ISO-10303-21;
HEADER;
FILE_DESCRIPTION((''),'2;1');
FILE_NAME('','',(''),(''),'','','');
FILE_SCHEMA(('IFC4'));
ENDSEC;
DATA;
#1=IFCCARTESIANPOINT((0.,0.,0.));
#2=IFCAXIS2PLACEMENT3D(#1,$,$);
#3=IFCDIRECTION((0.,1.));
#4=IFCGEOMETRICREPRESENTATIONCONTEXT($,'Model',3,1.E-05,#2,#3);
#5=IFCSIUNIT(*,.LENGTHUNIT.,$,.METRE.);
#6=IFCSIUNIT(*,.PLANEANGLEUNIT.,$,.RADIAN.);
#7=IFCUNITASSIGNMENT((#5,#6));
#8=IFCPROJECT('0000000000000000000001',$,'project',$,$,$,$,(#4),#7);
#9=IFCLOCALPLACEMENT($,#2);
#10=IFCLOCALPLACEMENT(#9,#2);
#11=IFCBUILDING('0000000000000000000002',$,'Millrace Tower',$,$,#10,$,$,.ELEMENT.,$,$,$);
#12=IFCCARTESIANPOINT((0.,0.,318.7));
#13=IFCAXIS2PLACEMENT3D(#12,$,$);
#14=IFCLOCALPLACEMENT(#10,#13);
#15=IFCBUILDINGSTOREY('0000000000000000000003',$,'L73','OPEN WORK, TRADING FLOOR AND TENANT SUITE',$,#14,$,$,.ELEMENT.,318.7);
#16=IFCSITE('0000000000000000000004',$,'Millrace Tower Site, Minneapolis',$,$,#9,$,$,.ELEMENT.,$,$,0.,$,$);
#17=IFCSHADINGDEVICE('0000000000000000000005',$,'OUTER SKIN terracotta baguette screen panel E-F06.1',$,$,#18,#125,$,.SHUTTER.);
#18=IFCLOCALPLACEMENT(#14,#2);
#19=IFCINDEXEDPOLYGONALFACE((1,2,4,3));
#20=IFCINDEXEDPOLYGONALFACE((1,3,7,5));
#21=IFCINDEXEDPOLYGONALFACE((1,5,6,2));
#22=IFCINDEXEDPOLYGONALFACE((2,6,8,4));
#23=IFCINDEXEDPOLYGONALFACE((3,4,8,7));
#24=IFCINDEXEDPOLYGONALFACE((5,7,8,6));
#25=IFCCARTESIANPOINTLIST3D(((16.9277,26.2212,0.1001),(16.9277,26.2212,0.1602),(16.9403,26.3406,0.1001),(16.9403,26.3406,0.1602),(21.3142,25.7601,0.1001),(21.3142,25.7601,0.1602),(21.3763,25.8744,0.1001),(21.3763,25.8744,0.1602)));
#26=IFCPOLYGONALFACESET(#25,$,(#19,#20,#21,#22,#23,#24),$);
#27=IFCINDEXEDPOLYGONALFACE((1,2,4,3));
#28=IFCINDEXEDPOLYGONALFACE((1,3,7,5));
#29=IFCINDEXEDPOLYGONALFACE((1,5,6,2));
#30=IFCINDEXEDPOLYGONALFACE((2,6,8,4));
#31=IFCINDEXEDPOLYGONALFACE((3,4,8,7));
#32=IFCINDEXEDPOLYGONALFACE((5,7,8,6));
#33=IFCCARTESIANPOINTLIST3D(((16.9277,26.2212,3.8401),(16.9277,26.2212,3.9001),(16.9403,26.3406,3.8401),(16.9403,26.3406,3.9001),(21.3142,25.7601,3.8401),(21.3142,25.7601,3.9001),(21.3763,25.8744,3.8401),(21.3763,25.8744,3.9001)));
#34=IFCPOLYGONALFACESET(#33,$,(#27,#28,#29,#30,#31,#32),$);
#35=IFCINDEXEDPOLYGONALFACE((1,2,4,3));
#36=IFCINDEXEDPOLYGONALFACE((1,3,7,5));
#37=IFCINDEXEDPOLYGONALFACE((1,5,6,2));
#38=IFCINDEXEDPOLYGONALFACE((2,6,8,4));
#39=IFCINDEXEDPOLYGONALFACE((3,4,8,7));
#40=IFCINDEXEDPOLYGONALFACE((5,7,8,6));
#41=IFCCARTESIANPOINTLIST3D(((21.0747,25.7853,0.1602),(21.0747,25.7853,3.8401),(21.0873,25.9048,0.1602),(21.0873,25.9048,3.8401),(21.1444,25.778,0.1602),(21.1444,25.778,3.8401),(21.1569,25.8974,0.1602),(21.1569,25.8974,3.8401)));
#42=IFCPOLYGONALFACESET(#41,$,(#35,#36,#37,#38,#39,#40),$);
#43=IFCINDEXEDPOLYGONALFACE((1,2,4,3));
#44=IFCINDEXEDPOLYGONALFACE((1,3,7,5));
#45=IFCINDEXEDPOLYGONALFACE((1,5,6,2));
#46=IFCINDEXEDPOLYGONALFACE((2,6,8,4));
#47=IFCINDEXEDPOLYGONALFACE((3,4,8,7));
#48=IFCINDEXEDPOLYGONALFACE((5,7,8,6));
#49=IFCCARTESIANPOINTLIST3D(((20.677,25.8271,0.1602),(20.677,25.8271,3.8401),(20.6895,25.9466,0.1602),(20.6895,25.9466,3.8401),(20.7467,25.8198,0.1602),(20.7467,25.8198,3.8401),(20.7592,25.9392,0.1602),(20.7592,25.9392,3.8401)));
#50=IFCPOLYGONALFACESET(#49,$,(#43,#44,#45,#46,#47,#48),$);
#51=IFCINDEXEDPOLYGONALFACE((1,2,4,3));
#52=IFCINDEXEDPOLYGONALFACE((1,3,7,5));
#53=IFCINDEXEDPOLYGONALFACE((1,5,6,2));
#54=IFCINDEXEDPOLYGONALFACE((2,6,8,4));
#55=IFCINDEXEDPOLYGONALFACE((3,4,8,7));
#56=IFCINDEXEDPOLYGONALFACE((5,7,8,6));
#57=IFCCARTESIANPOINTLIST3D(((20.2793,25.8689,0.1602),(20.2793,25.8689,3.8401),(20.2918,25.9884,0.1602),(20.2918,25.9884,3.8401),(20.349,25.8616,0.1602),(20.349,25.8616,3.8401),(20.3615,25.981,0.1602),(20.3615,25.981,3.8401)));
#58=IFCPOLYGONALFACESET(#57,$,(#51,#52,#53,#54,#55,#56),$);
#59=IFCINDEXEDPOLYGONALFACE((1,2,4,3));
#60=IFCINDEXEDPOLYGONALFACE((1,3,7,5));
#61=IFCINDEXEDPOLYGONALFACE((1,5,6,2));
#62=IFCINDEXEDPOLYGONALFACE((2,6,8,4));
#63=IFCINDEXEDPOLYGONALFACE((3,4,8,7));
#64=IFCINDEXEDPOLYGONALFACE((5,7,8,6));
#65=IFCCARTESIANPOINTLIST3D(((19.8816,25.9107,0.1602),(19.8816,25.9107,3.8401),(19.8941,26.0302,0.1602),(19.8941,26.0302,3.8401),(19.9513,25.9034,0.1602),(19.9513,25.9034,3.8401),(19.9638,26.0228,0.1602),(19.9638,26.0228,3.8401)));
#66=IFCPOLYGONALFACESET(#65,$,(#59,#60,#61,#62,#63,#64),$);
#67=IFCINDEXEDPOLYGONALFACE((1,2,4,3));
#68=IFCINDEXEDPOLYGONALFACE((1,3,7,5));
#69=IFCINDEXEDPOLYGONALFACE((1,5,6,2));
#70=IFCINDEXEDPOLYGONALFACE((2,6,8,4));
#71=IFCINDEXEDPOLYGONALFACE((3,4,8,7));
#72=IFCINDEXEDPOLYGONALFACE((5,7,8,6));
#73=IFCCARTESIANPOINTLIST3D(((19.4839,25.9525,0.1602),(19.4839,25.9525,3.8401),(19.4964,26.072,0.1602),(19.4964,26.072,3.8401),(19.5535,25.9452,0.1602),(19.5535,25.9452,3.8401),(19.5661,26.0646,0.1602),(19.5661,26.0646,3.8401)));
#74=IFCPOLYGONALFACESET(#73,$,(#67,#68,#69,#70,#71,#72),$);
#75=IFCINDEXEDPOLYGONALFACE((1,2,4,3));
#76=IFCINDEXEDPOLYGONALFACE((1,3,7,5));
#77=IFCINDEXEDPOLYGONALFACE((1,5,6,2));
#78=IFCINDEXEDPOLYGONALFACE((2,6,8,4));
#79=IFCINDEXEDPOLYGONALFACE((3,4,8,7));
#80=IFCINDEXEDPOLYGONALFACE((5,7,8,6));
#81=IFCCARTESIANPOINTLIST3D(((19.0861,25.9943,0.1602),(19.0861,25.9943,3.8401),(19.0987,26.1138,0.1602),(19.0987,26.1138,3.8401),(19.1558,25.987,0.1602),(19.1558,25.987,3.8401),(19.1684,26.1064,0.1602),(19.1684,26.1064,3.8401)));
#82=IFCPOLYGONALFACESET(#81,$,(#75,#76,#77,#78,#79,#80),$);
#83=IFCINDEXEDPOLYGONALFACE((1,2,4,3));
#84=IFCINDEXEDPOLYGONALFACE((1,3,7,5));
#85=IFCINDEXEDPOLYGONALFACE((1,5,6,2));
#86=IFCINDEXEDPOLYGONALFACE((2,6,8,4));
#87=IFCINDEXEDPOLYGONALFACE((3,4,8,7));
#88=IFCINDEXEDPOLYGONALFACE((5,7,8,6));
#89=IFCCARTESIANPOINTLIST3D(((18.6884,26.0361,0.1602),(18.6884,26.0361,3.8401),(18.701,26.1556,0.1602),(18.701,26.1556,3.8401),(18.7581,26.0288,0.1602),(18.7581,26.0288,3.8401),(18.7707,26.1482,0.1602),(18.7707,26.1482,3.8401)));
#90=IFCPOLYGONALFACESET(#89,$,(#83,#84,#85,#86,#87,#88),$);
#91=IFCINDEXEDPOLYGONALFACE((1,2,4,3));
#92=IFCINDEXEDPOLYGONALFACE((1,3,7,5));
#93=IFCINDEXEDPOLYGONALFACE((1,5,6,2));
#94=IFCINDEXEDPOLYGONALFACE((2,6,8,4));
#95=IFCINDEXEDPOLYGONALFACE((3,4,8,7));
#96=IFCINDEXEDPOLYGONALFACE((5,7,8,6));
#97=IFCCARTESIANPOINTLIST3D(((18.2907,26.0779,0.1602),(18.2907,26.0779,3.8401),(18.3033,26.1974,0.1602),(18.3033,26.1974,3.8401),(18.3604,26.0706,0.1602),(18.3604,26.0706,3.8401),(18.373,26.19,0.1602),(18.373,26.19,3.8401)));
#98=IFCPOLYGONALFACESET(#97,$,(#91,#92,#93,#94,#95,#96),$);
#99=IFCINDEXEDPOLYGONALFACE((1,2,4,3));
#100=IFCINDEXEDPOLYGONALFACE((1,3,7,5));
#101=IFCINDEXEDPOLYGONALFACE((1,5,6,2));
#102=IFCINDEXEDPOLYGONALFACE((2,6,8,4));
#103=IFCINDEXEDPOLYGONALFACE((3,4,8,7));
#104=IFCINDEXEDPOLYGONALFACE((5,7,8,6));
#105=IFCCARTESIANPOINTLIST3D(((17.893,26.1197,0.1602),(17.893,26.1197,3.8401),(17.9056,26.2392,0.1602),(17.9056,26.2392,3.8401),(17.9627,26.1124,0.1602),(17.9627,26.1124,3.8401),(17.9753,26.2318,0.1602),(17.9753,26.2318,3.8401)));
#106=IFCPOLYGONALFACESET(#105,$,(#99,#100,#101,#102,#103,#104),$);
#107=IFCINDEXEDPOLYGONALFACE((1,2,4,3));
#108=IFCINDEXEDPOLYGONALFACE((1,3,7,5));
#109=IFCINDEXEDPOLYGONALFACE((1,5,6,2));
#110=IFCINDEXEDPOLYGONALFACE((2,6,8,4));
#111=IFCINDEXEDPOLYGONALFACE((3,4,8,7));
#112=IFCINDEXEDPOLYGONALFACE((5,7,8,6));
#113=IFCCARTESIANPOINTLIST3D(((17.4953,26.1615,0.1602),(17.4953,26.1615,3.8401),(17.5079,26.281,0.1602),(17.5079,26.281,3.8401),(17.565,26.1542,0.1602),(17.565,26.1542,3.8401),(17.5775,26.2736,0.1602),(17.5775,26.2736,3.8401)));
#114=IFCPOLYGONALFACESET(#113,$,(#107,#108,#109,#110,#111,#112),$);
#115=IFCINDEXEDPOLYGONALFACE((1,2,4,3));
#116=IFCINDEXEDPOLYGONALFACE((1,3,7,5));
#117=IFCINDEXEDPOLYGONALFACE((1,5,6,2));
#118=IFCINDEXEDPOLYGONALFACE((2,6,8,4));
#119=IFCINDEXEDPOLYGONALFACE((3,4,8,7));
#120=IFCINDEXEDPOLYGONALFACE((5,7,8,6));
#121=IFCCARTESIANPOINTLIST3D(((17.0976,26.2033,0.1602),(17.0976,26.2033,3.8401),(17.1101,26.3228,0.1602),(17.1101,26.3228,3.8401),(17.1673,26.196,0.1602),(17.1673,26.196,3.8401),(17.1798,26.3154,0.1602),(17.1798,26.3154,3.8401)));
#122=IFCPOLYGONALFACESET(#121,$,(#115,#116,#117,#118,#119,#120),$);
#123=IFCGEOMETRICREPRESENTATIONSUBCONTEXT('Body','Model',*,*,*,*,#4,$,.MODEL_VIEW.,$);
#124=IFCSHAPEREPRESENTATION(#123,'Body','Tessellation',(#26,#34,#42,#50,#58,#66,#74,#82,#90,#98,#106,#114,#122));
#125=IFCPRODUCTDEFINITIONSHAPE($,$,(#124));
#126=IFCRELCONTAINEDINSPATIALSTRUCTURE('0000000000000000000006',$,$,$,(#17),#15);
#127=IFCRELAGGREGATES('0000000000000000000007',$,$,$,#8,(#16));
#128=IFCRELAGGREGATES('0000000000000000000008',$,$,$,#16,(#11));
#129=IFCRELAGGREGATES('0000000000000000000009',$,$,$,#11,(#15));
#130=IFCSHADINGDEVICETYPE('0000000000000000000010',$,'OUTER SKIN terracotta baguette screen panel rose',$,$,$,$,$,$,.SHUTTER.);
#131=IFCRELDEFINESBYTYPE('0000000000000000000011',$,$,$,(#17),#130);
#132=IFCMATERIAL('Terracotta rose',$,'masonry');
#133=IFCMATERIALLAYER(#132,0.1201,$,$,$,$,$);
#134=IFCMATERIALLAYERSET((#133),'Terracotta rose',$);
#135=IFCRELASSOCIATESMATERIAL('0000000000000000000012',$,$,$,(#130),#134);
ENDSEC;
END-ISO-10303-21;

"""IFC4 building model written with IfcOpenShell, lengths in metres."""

from ifc_helpers import new_model, entity, si_unit, direction, frame, frame_2d, origin, place, context, subcontext, project, spatial, rectangle, extrude, source, transform, mapped, material, layer, layer_set, type_object, element, save


model = new_model("IFC4")

# Units and contexts
model_context = context("Model", 3, precision=1e-05, world=origin(), true_north=direction((0.0, 1.0)))
body_context = subcontext(model_context, "Body", "Model", "MODEL_VIEW")
ifc_project = project(units=[si_unit("LENGTHUNIT", "METRE"), si_unit("PLANEANGLEUNIT", "RADIAN")], contexts=[model_context])

# Site, building, storey
site_placement = place(None, origin())
site = spatial("IfcSite", under=ifc_project, at=site_placement, Name="Millrace Tower Site, Minneapolis", CompositionType="ELEMENT", RefElevation=0.0)
building_placement = place(site_placement, origin())
building = spatial("IfcBuilding", under=site, at=building_placement, Name="Millrace Tower", CompositionType="ELEMENT")
storey_placement = place(building_placement, frame((0.0, 0.0, 318.7)))
storey = spatial("IfcBuildingStorey", under=building, at=storey_placement, Name="L73", Description="OPEN WORK, TRADING FLOOR AND TENANT SUITE", CompositionType="ELEMENT", Elevation=318.7)

# Shading device
ifc_material_1 = material(Name="Terracotta rose", Category="masonry")
ifc_layer_1 = layer(ifc_material_1, 0.1201)
ifc_layer_set_1 = layer_set([ifc_layer_1], Name="Terracotta rose")
shading_device_type = type_object("IfcShadingDeviceType", Name="OUTER SKIN terracotta baguette screen panel rose", PredefinedType="SHUTTER", material=ifc_layer_set_1)
cartesian_point_1 = entity("IfcCartesianPoint", [-2.1929, 0.0601])
shared_polyline_1 = entity("IfcPolyline", [cartesian_point_1, entity("IfcCartesianPoint", [2.2178, 0.0601]), entity("IfcCartesianPoint", [2.2178, -0.0601]), entity("IfcCartesianPoint", [-2.2427, -0.0601]), cartesian_point_1])
shared_shape_1 = source(origin(), body_context, "Body", "SweptSolid", [
    entity("IfcExtrudedAreaSolid", entity("IfcArbitraryClosedProfileDef", "AREA", None, shared_polyline_1), entity("IfcAxis2Placement3D", entity("IfcCartesianPoint", [0.0, 0.0, 0.0])), entity("IfcDirection", [0.0, 0.0, 1.0]), 0.0601),
    entity("IfcExtrudedAreaSolid", entity("IfcArbitraryClosedProfileDef", "AREA", None, shared_polyline_1), entity("IfcAxis2Placement3D", entity("IfcCartesianPoint", [0.0, 0.0, 3.74])), entity("IfcDirection", [0.0, 0.0, 1.0]), 0.0601),
    extrude(rectangle(XDim=0.0701, YDim=0.1201, at=frame_2d((-1.9871, 0.0))), frame((0.0, 0.0, 0.0601)), (0.0, 0.0, 1.0), 3.6799),
    extrude(rectangle(XDim=0.0701, YDim=0.1201, at=frame_2d((-1.5872, 0.0))), frame((0.0, 0.0, 0.0601)), (0.0, 0.0, 1.0), 3.6799),
    extrude(rectangle(XDim=0.0701, YDim=0.1201, at=frame_2d((-1.1873, 0.0))), frame((0.0, 0.0, 0.0601)), (0.0, 0.0, 1.0), 3.6799),
    extrude(rectangle(XDim=0.0701, YDim=0.1201, at=frame_2d((-0.7874, 0.0))), frame((0.0, 0.0, 0.0601)), (0.0, 0.0, 1.0), 3.6799),
    extrude(rectangle(XDim=0.0701, YDim=0.1201, at=frame_2d((-0.3875, 0.0))), frame((0.0, 0.0, 0.0601)), (0.0, 0.0, 1.0), 3.6799),
    extrude(rectangle(XDim=0.0701, YDim=0.1201, at=frame_2d((0.0125, 0.0))), frame((0.0, 0.0, 0.0601)), (0.0, 0.0, 1.0), 3.6799),
    extrude(rectangle(XDim=0.0701, YDim=0.1201, at=frame_2d((0.4124, 0.0))), frame((0.0, 0.0, 0.0601)), (0.0, 0.0, 1.0), 3.6799),
    extrude(rectangle(XDim=0.0701, YDim=0.1201, at=frame_2d((0.8123, 0.0))), frame((0.0, 0.0, 0.0601)), (0.0, 0.0, 1.0), 3.6799),
    extrude(rectangle(XDim=0.0701, YDim=0.1201, at=frame_2d((1.2122, 0.0))), frame((0.0, 0.0, 0.0601)), (0.0, 0.0, 1.0), 3.6799),
    extrude(rectangle(XDim=0.0701, YDim=0.1201, at=frame_2d((1.6121, 0.0))), frame((0.0, 0.0, 0.0601)), (0.0, 0.0, 1.0), 3.6799),
    extrude(rectangle(XDim=0.0701, YDim=0.1201, at=frame_2d((2.012, 0.0))), frame((0.0, 0.0, 0.0601)), (0.0, 0.0, 1.0), 3.6799),
])
shading_device_1_placement = place(storey_placement, frame((19.1396, 26.0491, 0.1001), z_axis=(0.0, 0.0, 1.0), x_axis=(-0.994522, 0.104528, 0.0)))
element("IfcShadingDevice", 1, at=shading_device_1_placement, inside=storey, type_object=shading_device_type, Name="OUTER SKIN terracotta baguette screen panel E-F06.1", PredefinedType="SHUTTER", context=body_context, shape_type="MappedRepresentation", body=[
    mapped(shared_shape_1, transform((0.0, 0.0, 0.0), scale=1.0)),
])

save(model, "model.ifc")
